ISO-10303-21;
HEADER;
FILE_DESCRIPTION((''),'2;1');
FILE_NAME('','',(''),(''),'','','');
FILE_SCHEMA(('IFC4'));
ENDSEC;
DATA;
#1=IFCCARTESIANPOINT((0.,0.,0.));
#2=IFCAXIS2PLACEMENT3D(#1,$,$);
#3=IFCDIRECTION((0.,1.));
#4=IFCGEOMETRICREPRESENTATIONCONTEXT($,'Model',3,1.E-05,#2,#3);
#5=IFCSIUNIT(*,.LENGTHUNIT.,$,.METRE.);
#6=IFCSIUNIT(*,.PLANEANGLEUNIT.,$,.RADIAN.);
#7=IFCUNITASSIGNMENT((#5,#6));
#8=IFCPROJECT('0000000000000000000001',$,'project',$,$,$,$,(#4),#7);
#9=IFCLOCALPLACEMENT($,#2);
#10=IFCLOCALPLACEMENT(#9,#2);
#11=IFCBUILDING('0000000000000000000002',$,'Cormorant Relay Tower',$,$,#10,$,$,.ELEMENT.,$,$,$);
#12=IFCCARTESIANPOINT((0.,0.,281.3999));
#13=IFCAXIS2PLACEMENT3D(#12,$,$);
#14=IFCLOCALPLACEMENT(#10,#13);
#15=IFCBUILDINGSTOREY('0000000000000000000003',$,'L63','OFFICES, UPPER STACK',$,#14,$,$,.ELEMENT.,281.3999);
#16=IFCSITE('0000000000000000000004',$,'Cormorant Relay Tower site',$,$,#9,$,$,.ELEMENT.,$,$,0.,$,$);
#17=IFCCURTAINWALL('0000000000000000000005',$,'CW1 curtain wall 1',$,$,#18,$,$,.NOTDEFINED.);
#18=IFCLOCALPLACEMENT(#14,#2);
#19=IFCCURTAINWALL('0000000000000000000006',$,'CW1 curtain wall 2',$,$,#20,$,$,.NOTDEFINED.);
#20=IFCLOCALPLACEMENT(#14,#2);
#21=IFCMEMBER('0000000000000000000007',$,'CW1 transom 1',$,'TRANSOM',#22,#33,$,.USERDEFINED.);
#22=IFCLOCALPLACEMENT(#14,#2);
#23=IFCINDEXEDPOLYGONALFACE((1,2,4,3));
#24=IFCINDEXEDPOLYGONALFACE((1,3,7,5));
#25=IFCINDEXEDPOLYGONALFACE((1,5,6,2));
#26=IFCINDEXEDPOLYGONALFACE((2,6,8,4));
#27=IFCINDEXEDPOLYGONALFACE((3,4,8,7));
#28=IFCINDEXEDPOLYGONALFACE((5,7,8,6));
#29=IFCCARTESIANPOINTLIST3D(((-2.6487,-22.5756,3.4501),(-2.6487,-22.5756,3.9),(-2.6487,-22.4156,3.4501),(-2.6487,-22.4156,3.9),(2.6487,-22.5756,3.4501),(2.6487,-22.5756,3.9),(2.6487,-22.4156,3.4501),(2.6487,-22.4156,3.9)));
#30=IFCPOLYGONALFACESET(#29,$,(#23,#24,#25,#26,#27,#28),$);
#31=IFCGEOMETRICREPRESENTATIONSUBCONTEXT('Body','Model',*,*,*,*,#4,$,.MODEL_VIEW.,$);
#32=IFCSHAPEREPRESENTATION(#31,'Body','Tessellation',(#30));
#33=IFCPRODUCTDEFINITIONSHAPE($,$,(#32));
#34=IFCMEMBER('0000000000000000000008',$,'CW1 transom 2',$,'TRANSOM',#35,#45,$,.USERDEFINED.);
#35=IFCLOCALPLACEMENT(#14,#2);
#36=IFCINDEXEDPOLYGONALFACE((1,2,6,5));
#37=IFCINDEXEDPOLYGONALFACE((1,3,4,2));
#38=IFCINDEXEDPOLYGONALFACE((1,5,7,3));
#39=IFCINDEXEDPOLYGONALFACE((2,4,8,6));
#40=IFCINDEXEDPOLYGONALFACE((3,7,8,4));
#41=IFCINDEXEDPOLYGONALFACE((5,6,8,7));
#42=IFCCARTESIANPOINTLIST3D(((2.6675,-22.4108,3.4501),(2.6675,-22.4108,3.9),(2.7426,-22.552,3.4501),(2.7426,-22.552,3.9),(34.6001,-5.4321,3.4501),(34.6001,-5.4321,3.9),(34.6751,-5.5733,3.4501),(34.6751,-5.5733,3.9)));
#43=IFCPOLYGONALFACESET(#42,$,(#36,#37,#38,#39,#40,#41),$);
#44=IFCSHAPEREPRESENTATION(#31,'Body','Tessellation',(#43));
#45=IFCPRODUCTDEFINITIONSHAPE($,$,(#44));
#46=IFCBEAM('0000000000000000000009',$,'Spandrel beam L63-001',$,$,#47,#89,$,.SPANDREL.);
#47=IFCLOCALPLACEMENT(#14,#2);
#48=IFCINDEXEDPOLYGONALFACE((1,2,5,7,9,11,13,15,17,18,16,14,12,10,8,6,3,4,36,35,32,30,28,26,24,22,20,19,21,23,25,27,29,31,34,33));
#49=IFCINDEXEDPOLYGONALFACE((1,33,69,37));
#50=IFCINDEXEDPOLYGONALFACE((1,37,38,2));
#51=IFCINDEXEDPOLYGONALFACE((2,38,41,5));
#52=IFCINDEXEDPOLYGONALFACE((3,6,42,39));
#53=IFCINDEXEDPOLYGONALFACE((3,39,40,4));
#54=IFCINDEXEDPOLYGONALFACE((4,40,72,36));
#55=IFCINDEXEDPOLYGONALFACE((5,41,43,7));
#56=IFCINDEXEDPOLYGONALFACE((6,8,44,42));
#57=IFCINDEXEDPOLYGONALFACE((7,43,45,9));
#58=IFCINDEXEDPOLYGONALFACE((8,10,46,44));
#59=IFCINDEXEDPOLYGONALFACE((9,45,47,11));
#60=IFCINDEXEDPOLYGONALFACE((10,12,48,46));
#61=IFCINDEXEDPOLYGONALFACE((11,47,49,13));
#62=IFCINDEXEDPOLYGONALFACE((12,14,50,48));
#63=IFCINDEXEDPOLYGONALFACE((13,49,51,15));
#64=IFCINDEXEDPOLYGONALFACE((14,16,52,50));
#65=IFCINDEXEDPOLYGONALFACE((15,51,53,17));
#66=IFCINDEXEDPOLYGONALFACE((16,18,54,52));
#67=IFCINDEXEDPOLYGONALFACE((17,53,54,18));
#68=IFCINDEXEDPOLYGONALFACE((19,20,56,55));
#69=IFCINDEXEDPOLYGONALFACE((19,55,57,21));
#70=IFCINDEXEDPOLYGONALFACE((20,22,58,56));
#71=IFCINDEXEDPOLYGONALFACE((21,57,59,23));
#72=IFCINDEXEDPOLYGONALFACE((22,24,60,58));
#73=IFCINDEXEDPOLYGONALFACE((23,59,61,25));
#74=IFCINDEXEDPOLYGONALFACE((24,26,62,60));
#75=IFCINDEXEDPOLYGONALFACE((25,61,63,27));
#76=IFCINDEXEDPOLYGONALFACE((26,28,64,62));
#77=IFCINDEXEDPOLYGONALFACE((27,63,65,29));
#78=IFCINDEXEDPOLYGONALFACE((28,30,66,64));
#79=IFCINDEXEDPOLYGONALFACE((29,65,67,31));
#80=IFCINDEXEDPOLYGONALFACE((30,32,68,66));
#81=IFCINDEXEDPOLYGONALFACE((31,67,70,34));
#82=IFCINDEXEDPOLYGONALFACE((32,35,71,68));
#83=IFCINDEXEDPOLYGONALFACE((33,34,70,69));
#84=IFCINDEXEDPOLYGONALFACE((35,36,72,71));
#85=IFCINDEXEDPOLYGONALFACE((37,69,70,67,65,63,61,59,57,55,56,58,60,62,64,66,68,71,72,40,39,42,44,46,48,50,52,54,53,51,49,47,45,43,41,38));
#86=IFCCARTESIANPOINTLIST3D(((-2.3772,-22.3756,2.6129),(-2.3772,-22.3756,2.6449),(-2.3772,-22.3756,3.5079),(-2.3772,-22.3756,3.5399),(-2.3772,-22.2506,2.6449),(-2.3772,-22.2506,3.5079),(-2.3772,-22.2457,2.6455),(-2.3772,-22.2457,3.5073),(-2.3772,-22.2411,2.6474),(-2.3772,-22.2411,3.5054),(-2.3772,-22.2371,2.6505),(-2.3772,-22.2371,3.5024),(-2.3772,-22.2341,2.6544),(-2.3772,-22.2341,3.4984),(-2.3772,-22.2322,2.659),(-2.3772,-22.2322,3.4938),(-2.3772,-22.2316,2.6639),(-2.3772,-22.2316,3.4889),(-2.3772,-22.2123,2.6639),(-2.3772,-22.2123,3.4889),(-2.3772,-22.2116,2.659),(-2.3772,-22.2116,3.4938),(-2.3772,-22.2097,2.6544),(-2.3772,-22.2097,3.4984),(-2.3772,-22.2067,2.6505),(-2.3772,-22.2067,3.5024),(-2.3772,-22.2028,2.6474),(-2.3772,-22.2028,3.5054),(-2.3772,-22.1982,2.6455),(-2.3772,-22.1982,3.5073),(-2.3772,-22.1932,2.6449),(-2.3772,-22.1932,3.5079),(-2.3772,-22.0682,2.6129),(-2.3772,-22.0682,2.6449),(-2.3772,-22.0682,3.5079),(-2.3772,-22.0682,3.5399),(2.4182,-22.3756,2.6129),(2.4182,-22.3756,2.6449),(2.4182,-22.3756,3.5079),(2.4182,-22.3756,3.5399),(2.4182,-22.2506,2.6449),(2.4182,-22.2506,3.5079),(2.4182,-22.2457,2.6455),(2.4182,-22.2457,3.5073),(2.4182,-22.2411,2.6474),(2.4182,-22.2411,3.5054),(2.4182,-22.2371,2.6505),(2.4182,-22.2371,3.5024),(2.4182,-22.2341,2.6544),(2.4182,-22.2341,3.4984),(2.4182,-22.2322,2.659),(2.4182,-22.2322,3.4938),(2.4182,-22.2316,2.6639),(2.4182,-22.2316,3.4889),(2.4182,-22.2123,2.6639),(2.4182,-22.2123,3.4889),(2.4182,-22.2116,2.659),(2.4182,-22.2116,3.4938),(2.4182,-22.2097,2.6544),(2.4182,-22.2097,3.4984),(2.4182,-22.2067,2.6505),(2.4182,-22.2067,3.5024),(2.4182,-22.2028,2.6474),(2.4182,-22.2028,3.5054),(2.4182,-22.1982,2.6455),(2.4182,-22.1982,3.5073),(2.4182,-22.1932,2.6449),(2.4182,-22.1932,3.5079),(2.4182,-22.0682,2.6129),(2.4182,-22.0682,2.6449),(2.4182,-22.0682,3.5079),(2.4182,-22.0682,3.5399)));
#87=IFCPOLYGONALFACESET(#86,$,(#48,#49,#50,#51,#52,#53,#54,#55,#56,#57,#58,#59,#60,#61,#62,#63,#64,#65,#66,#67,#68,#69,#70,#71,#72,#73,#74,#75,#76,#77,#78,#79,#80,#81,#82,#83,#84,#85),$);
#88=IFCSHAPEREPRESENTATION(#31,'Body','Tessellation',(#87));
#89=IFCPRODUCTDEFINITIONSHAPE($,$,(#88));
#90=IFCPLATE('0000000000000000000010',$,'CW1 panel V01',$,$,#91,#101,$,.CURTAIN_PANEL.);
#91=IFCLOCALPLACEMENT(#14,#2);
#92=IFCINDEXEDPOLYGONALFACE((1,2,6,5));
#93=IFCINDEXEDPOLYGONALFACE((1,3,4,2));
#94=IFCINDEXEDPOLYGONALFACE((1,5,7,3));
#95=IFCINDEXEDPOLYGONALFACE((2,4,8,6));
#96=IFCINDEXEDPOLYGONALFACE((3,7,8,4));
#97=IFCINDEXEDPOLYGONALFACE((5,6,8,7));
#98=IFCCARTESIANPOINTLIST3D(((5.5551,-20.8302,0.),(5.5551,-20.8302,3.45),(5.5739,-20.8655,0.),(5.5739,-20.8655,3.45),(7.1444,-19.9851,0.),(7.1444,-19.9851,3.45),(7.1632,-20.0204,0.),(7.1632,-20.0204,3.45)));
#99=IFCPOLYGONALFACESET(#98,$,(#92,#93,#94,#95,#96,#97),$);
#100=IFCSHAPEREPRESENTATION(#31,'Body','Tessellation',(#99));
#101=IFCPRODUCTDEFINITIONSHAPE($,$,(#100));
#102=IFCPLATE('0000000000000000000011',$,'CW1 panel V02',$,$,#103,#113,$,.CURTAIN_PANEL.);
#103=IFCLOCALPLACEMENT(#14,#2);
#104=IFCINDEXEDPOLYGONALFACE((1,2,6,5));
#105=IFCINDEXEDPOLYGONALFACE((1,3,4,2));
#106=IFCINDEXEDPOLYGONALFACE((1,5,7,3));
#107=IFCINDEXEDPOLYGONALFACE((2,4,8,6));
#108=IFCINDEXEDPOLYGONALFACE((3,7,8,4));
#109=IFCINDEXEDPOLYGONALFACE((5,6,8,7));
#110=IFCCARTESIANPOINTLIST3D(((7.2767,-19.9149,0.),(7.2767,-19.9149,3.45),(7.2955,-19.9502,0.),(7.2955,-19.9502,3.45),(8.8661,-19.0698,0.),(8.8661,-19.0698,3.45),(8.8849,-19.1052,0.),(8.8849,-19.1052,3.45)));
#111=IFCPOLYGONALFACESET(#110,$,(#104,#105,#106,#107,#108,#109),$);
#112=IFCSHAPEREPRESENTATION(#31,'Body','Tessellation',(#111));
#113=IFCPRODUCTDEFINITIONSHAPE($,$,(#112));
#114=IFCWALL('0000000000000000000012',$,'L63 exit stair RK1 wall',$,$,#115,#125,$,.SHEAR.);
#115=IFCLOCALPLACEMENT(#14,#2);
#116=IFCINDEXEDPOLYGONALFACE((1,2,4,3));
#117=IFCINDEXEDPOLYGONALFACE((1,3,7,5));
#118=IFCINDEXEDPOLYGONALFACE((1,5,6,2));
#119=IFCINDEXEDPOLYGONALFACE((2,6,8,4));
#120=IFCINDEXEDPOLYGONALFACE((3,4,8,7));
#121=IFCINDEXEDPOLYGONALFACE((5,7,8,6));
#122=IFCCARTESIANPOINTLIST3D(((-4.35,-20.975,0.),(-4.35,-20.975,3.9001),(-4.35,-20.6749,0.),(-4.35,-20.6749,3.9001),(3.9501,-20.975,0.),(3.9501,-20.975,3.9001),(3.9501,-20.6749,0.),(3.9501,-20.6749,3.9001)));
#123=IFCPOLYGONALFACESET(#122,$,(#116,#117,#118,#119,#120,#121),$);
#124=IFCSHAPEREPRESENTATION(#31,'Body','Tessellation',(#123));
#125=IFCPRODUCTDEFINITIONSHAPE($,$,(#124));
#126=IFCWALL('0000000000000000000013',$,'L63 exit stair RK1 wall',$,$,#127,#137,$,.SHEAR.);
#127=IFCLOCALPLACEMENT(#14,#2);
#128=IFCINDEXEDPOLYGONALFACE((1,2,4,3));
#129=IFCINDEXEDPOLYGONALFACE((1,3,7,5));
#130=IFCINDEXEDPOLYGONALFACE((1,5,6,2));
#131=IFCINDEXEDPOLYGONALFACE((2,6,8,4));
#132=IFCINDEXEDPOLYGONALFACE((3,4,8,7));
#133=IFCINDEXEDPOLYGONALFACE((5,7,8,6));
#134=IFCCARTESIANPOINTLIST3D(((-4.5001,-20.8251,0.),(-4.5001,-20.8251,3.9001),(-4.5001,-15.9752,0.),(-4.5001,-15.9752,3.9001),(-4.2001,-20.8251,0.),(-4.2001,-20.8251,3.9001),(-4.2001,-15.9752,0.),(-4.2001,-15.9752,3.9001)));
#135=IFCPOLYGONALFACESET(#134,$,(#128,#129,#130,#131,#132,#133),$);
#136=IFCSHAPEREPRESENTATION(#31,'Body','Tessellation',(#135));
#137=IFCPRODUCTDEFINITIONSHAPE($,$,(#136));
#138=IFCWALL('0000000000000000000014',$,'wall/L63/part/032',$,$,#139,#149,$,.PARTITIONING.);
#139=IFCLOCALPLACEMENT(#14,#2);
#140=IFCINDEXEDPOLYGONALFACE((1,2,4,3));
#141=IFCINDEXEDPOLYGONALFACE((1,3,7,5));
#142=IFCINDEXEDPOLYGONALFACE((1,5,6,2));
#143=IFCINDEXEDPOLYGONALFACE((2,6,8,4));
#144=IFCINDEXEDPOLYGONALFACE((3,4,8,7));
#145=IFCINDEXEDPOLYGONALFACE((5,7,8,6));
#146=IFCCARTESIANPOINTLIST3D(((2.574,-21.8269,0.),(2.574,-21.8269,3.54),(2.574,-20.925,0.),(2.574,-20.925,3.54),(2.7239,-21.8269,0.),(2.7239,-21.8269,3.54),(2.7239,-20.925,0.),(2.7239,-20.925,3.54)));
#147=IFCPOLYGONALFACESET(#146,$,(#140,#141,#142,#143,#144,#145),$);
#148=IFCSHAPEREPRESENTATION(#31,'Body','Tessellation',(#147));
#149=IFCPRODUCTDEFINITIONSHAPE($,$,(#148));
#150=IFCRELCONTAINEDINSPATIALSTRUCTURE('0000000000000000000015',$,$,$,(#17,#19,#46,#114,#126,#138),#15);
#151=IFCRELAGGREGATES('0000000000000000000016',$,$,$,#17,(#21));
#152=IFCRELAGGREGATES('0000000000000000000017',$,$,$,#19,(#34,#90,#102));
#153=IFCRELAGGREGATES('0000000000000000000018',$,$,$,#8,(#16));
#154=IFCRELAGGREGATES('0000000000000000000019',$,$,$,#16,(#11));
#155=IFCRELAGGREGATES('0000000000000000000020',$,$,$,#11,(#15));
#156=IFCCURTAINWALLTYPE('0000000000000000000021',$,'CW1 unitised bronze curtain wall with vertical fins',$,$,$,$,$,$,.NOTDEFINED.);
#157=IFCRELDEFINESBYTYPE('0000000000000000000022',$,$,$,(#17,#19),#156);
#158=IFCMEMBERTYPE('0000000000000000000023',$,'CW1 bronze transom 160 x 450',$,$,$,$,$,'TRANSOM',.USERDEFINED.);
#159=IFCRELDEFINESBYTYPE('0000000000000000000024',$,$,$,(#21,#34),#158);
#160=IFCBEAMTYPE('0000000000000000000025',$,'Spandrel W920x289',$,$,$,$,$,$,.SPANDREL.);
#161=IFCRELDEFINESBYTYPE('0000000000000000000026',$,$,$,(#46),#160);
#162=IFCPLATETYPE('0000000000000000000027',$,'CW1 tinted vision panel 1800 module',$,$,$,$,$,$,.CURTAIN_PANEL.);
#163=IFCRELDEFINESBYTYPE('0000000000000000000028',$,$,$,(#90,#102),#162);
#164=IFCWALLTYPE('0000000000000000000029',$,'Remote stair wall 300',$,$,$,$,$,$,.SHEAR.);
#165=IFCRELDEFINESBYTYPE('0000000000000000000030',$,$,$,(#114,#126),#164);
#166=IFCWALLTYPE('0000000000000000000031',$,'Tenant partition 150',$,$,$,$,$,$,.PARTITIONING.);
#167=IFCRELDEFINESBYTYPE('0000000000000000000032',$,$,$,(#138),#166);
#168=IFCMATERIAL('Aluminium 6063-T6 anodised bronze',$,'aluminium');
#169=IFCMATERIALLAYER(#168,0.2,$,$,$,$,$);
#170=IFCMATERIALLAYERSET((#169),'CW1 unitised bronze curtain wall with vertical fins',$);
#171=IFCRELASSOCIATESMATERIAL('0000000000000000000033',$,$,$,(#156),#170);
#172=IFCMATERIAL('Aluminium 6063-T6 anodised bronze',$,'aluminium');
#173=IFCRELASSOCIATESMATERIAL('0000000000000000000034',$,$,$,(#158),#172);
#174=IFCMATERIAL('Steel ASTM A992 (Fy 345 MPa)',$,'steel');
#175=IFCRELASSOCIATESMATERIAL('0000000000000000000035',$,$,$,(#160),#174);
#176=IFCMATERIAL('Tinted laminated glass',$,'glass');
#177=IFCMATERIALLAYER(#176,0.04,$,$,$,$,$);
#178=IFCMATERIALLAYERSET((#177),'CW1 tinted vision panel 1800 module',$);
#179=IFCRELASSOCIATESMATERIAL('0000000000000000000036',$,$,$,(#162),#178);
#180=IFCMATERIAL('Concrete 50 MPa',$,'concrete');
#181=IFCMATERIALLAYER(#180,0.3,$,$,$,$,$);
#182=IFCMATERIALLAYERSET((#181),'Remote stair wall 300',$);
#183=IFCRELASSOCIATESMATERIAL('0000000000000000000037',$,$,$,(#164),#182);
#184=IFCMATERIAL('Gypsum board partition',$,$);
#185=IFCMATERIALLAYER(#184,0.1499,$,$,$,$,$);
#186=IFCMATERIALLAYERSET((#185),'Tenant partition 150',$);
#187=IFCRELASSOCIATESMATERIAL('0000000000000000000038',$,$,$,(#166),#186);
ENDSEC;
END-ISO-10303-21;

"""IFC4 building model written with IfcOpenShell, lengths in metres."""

from ifc_helpers import new_model, si_unit, direction, frame, frame_2d, origin, origin_2d, place, context, subcontext, project, spatial, rectangle, i_section, extrude, material, layer, layer_set, material_profile, profile_set, type_object, element, aggregate, save


model = new_model("IFC4")

# Units and contexts
model_context = context("Model", 3, precision=1e-05, world=origin(), true_north=direction((0.0, 1.0)))
body_context = subcontext(model_context, "Body", "Model", "MODEL_VIEW")
ifc_project = project(units=[si_unit("LENGTHUNIT", "METRE"), si_unit("PLANEANGLEUNIT", "RADIAN")], contexts=[model_context])

# Site, building, storey
site_placement = place(None, origin())
site = spatial("IfcSite", under=ifc_project, at=site_placement, Name="Cormorant Relay Tower site", CompositionType="ELEMENT", RefElevation=0.0)
building_placement = place(site_placement, origin())
building = spatial("IfcBuilding", under=site, at=building_placement, Name="Cormorant Relay Tower", CompositionType="ELEMENT")
storey_placement = place(building_placement, frame((0.0, 0.0, 281.3999)))
storey = spatial("IfcBuildingStorey", under=building, at=storey_placement, Name="L63", Description="OFFICES, UPPER STACK", CompositionType="ELEMENT", Elevation=281.3999)

# Curtain wall
ifc_material_1 = material(Name="Aluminium 6063-T6 anodised bronze", Category="aluminium")
ifc_layer_1 = layer(ifc_material_1, 0.2)
ifc_layer_set_1 = layer_set([ifc_layer_1], Name="CW1 unitised bronze curtain wall with vertical fins")
curtain_wall_type = type_object("IfcCurtainWallType", Name="CW1 unitised bronze curtain wall with vertical fins", PredefinedType="NOTDEFINED", material=ifc_layer_set_1)
curtain_wall_1_placement = place(storey_placement, origin())
curtain_wall_1 = element("IfcCurtainWall", 1, at=curtain_wall_1_placement, inside=storey, type_object=curtain_wall_type, Name="CW1 curtain wall 1", PredefinedType="NOTDEFINED")

# Curtain wall
curtain_wall_2_placement = place(storey_placement, origin())
curtain_wall_2 = element("IfcCurtainWall", 2, at=curtain_wall_2_placement, inside=storey, type_object=curtain_wall_type, Name="CW1 curtain wall 2", PredefinedType="NOTDEFINED")

# Members
ifc_material_2 = material(Name="Aluminium 6063-T6 anodised bronze", Category="aluminium")
ifc_material_profile_1 = material_profile(ifc_material_2, rectangle(XDim=0.1599, YDim=0.45, at=origin_2d()), Name="AL 160x450")
ifc_profile_set_1 = profile_set([ifc_material_profile_1], Name="Aluminium 6063-T6 anodised bronze")
member_type_1 = type_object("IfcMemberType", Name="CW1 bronze transom 160 x 450", ElementType="TRANSOM", PredefinedType="USERDEFINED", material=ifc_profile_set_1)
member_1_placement = place(storey_placement, frame((-2.6487, -22.4956, 3.675), z_axis=(1.0, 0.0, 0.0), x_axis=(0.0, 1.0, 0.0)))
member_1 = element("IfcMember", 3, at=member_1_placement, type_object=member_type_1, Name="CW1 transom 1", ObjectType="TRANSOM", PredefinedType="USERDEFINED", context=body_context, shape_type="SweptSolid", body=[
    extrude(rectangle(XDim=0.1599, YDim=0.45, at=origin_2d()), origin(), (0.0, 0.0, 1.0), 5.2974),
])
member_2_placement = place(storey_placement, frame((2.7051, -22.4814, 3.675), z_axis=(0.882949, 0.469469, 0.0), x_axis=(-0.469469, 0.882949, 0.0)))
member_2 = element("IfcMember", 4, at=member_2_placement, type_object=member_type_1, Name="CW1 transom 2", ObjectType="TRANSOM", PredefinedType="USERDEFINED", context=body_context, shape_type="SweptSolid", body=[
    extrude(rectangle(XDim=0.1599, YDim=0.45, at=origin_2d()), origin(), (0.0, 0.0, 1.0), 36.1658),
])

# Beam
ifc_material_3 = material(Name="Steel ASTM A992 (Fy 345 MPa)", Category="steel")
ifc_material_profile_2 = material_profile(ifc_material_3, i_section(OverallWidth=0.3074, OverallDepth=0.927, WebThickness=0.0193, FlangeThickness=0.032, FilletRadius=0.019, at=origin_2d()), Name="W920x289")
ifc_profile_set_2 = profile_set([ifc_material_profile_2], Name="Steel ASTM A992 (Fy 345 MPa)")
beam_type = type_object("IfcBeamType", Name="Spandrel W920x289", PredefinedType="SPANDREL", material=ifc_profile_set_2)
beam_placement = place(storey_placement, frame((-2.3772, -22.2219, 3.0764), z_axis=(1.0, 0.0, 0.0), x_axis=(0.0, 1.0, 0.0)))
element("IfcBeam", 5, at=beam_placement, inside=storey, type_object=beam_type, Name="Spandrel beam L63-001", PredefinedType="SPANDREL", context=body_context, shape_type="SweptSolid", body=[
    extrude(i_section(OverallWidth=0.3074, OverallDepth=0.927, WebThickness=0.0193, FlangeThickness=0.032, FilletRadius=0.019, at=origin_2d()), origin(), (0.0, 0.0, 1.0), 4.7954),
])

# Plates
ifc_material_4 = material(Name="Tinted laminated glass", Category="glass")
ifc_layer_2 = layer(ifc_material_4, 0.04)
ifc_layer_set_2 = layer_set([ifc_layer_2], Name="CW1 tinted vision panel 1800 module")
plate_type = type_object("IfcPlateType", Name="CW1 tinted vision panel 1800 module", PredefinedType="CURTAIN_PANEL", material=ifc_layer_set_2)
plate_1_placement = place(storey_placement, frame((6.3591, -20.4253, 0.0), z_axis=(0.0, 0.0, 1.0), x_axis=(0.882948, 0.469472, 0.0)))
plate_1 = element("IfcPlate", 6, at=plate_1_placement, type_object=plate_type, Name="CW1 panel V01", PredefinedType="CURTAIN_PANEL", context=body_context, shape_type="SweptSolid", body=[
    extrude(rectangle(XDim=1.8, YDim=0.04, at=origin_2d()), origin(), (0.0, 0.0, 1.0), 3.45),
])
plate_2_placement = place(storey_placement, frame((8.0808, -19.51, 0.0), z_axis=(0.0, 0.0, 1.0), x_axis=(0.882948, 0.469472, 0.0)))
plate_2 = element("IfcPlate", 7, at=plate_2_placement, type_object=plate_type, Name="CW1 panel V02", PredefinedType="CURTAIN_PANEL", context=body_context, shape_type="SweptSolid", body=[
    extrude(rectangle(XDim=1.8, YDim=0.04, at=origin_2d()), origin(), (0.0, 0.0, 1.0), 3.45),
])

# Walls
ifc_material_5 = material(Name="Concrete 50 MPa", Category="concrete")
ifc_layer_3 = layer(ifc_material_5, 0.3)
ifc_layer_set_3 = layer_set([ifc_layer_3], Name="Remote stair wall 300")
wall_type_1 = type_object("IfcWallType", Name="Remote stair wall 300", PredefinedType="SHEAR", material=ifc_layer_set_3)
wall_1_placement = place(storey_placement, frame((3.95, -20.825, 0.0), z_axis=(0.0, 0.0, 1.0), x_axis=(-1.0, 0.0, 0.0)))
element("IfcWall", 8, at=wall_1_placement, inside=storey, type_object=wall_type_1, Name="L63 exit stair RK1 wall", PredefinedType="SHEAR", context=body_context, shape_type="SweptSolid", body=[
    extrude(rectangle(XDim=8.3, YDim=0.3, at=frame_2d((4.1499, 0.0))), origin(), (0.0, 0.0, 1.0), 3.9001),
])
wall_2_placement = place(storey_placement, frame((-4.3501, -20.825, 0.0), z_axis=(0.0, 0.0, 1.0), x_axis=(0.0, 1.0, 0.0)))
element("IfcWall", 9, at=wall_2_placement, inside=storey, type_object=wall_type_1, Name="L63 exit stair RK1 wall", PredefinedType="SHEAR", context=body_context, shape_type="SweptSolid", body=[
    extrude(rectangle(XDim=4.8499, YDim=0.3, at=frame_2d((2.4248, 0.0))), origin(), (0.0, 0.0, 1.0), 3.9001),
])
ifc_material_6 = material(Name="Gypsum board partition")
ifc_layer_4 = layer(ifc_material_6, 0.1499)
ifc_layer_set_4 = layer_set([ifc_layer_4], Name="Tenant partition 150")
wall_type_2 = type_object("IfcWallType", Name="Tenant partition 150", PredefinedType="PARTITIONING", material=ifc_layer_set_4)
wall_3_placement = place(storey_placement, frame((2.6489, -21.8269, 0.0), z_axis=(0.0, 0.0, 1.0), x_axis=(0.0, 1.0, 0.0)))
element("IfcWall", 10, at=wall_3_placement, inside=storey, type_object=wall_type_2, Name="wall/L63/part/032", PredefinedType="PARTITIONING", context=body_context, shape_type="SweptSolid", body=[
    extrude(rectangle(XDim=0.9019, YDim=0.1499, at=frame_2d((0.4509, 0.0))), origin(), (0.0, 0.0, 1.0), 3.54),
])

aggregate(curtain_wall_1, [member_1])
aggregate(curtain_wall_2, [member_2, plate_1, plate_2])

save(model, "model.ifc")
